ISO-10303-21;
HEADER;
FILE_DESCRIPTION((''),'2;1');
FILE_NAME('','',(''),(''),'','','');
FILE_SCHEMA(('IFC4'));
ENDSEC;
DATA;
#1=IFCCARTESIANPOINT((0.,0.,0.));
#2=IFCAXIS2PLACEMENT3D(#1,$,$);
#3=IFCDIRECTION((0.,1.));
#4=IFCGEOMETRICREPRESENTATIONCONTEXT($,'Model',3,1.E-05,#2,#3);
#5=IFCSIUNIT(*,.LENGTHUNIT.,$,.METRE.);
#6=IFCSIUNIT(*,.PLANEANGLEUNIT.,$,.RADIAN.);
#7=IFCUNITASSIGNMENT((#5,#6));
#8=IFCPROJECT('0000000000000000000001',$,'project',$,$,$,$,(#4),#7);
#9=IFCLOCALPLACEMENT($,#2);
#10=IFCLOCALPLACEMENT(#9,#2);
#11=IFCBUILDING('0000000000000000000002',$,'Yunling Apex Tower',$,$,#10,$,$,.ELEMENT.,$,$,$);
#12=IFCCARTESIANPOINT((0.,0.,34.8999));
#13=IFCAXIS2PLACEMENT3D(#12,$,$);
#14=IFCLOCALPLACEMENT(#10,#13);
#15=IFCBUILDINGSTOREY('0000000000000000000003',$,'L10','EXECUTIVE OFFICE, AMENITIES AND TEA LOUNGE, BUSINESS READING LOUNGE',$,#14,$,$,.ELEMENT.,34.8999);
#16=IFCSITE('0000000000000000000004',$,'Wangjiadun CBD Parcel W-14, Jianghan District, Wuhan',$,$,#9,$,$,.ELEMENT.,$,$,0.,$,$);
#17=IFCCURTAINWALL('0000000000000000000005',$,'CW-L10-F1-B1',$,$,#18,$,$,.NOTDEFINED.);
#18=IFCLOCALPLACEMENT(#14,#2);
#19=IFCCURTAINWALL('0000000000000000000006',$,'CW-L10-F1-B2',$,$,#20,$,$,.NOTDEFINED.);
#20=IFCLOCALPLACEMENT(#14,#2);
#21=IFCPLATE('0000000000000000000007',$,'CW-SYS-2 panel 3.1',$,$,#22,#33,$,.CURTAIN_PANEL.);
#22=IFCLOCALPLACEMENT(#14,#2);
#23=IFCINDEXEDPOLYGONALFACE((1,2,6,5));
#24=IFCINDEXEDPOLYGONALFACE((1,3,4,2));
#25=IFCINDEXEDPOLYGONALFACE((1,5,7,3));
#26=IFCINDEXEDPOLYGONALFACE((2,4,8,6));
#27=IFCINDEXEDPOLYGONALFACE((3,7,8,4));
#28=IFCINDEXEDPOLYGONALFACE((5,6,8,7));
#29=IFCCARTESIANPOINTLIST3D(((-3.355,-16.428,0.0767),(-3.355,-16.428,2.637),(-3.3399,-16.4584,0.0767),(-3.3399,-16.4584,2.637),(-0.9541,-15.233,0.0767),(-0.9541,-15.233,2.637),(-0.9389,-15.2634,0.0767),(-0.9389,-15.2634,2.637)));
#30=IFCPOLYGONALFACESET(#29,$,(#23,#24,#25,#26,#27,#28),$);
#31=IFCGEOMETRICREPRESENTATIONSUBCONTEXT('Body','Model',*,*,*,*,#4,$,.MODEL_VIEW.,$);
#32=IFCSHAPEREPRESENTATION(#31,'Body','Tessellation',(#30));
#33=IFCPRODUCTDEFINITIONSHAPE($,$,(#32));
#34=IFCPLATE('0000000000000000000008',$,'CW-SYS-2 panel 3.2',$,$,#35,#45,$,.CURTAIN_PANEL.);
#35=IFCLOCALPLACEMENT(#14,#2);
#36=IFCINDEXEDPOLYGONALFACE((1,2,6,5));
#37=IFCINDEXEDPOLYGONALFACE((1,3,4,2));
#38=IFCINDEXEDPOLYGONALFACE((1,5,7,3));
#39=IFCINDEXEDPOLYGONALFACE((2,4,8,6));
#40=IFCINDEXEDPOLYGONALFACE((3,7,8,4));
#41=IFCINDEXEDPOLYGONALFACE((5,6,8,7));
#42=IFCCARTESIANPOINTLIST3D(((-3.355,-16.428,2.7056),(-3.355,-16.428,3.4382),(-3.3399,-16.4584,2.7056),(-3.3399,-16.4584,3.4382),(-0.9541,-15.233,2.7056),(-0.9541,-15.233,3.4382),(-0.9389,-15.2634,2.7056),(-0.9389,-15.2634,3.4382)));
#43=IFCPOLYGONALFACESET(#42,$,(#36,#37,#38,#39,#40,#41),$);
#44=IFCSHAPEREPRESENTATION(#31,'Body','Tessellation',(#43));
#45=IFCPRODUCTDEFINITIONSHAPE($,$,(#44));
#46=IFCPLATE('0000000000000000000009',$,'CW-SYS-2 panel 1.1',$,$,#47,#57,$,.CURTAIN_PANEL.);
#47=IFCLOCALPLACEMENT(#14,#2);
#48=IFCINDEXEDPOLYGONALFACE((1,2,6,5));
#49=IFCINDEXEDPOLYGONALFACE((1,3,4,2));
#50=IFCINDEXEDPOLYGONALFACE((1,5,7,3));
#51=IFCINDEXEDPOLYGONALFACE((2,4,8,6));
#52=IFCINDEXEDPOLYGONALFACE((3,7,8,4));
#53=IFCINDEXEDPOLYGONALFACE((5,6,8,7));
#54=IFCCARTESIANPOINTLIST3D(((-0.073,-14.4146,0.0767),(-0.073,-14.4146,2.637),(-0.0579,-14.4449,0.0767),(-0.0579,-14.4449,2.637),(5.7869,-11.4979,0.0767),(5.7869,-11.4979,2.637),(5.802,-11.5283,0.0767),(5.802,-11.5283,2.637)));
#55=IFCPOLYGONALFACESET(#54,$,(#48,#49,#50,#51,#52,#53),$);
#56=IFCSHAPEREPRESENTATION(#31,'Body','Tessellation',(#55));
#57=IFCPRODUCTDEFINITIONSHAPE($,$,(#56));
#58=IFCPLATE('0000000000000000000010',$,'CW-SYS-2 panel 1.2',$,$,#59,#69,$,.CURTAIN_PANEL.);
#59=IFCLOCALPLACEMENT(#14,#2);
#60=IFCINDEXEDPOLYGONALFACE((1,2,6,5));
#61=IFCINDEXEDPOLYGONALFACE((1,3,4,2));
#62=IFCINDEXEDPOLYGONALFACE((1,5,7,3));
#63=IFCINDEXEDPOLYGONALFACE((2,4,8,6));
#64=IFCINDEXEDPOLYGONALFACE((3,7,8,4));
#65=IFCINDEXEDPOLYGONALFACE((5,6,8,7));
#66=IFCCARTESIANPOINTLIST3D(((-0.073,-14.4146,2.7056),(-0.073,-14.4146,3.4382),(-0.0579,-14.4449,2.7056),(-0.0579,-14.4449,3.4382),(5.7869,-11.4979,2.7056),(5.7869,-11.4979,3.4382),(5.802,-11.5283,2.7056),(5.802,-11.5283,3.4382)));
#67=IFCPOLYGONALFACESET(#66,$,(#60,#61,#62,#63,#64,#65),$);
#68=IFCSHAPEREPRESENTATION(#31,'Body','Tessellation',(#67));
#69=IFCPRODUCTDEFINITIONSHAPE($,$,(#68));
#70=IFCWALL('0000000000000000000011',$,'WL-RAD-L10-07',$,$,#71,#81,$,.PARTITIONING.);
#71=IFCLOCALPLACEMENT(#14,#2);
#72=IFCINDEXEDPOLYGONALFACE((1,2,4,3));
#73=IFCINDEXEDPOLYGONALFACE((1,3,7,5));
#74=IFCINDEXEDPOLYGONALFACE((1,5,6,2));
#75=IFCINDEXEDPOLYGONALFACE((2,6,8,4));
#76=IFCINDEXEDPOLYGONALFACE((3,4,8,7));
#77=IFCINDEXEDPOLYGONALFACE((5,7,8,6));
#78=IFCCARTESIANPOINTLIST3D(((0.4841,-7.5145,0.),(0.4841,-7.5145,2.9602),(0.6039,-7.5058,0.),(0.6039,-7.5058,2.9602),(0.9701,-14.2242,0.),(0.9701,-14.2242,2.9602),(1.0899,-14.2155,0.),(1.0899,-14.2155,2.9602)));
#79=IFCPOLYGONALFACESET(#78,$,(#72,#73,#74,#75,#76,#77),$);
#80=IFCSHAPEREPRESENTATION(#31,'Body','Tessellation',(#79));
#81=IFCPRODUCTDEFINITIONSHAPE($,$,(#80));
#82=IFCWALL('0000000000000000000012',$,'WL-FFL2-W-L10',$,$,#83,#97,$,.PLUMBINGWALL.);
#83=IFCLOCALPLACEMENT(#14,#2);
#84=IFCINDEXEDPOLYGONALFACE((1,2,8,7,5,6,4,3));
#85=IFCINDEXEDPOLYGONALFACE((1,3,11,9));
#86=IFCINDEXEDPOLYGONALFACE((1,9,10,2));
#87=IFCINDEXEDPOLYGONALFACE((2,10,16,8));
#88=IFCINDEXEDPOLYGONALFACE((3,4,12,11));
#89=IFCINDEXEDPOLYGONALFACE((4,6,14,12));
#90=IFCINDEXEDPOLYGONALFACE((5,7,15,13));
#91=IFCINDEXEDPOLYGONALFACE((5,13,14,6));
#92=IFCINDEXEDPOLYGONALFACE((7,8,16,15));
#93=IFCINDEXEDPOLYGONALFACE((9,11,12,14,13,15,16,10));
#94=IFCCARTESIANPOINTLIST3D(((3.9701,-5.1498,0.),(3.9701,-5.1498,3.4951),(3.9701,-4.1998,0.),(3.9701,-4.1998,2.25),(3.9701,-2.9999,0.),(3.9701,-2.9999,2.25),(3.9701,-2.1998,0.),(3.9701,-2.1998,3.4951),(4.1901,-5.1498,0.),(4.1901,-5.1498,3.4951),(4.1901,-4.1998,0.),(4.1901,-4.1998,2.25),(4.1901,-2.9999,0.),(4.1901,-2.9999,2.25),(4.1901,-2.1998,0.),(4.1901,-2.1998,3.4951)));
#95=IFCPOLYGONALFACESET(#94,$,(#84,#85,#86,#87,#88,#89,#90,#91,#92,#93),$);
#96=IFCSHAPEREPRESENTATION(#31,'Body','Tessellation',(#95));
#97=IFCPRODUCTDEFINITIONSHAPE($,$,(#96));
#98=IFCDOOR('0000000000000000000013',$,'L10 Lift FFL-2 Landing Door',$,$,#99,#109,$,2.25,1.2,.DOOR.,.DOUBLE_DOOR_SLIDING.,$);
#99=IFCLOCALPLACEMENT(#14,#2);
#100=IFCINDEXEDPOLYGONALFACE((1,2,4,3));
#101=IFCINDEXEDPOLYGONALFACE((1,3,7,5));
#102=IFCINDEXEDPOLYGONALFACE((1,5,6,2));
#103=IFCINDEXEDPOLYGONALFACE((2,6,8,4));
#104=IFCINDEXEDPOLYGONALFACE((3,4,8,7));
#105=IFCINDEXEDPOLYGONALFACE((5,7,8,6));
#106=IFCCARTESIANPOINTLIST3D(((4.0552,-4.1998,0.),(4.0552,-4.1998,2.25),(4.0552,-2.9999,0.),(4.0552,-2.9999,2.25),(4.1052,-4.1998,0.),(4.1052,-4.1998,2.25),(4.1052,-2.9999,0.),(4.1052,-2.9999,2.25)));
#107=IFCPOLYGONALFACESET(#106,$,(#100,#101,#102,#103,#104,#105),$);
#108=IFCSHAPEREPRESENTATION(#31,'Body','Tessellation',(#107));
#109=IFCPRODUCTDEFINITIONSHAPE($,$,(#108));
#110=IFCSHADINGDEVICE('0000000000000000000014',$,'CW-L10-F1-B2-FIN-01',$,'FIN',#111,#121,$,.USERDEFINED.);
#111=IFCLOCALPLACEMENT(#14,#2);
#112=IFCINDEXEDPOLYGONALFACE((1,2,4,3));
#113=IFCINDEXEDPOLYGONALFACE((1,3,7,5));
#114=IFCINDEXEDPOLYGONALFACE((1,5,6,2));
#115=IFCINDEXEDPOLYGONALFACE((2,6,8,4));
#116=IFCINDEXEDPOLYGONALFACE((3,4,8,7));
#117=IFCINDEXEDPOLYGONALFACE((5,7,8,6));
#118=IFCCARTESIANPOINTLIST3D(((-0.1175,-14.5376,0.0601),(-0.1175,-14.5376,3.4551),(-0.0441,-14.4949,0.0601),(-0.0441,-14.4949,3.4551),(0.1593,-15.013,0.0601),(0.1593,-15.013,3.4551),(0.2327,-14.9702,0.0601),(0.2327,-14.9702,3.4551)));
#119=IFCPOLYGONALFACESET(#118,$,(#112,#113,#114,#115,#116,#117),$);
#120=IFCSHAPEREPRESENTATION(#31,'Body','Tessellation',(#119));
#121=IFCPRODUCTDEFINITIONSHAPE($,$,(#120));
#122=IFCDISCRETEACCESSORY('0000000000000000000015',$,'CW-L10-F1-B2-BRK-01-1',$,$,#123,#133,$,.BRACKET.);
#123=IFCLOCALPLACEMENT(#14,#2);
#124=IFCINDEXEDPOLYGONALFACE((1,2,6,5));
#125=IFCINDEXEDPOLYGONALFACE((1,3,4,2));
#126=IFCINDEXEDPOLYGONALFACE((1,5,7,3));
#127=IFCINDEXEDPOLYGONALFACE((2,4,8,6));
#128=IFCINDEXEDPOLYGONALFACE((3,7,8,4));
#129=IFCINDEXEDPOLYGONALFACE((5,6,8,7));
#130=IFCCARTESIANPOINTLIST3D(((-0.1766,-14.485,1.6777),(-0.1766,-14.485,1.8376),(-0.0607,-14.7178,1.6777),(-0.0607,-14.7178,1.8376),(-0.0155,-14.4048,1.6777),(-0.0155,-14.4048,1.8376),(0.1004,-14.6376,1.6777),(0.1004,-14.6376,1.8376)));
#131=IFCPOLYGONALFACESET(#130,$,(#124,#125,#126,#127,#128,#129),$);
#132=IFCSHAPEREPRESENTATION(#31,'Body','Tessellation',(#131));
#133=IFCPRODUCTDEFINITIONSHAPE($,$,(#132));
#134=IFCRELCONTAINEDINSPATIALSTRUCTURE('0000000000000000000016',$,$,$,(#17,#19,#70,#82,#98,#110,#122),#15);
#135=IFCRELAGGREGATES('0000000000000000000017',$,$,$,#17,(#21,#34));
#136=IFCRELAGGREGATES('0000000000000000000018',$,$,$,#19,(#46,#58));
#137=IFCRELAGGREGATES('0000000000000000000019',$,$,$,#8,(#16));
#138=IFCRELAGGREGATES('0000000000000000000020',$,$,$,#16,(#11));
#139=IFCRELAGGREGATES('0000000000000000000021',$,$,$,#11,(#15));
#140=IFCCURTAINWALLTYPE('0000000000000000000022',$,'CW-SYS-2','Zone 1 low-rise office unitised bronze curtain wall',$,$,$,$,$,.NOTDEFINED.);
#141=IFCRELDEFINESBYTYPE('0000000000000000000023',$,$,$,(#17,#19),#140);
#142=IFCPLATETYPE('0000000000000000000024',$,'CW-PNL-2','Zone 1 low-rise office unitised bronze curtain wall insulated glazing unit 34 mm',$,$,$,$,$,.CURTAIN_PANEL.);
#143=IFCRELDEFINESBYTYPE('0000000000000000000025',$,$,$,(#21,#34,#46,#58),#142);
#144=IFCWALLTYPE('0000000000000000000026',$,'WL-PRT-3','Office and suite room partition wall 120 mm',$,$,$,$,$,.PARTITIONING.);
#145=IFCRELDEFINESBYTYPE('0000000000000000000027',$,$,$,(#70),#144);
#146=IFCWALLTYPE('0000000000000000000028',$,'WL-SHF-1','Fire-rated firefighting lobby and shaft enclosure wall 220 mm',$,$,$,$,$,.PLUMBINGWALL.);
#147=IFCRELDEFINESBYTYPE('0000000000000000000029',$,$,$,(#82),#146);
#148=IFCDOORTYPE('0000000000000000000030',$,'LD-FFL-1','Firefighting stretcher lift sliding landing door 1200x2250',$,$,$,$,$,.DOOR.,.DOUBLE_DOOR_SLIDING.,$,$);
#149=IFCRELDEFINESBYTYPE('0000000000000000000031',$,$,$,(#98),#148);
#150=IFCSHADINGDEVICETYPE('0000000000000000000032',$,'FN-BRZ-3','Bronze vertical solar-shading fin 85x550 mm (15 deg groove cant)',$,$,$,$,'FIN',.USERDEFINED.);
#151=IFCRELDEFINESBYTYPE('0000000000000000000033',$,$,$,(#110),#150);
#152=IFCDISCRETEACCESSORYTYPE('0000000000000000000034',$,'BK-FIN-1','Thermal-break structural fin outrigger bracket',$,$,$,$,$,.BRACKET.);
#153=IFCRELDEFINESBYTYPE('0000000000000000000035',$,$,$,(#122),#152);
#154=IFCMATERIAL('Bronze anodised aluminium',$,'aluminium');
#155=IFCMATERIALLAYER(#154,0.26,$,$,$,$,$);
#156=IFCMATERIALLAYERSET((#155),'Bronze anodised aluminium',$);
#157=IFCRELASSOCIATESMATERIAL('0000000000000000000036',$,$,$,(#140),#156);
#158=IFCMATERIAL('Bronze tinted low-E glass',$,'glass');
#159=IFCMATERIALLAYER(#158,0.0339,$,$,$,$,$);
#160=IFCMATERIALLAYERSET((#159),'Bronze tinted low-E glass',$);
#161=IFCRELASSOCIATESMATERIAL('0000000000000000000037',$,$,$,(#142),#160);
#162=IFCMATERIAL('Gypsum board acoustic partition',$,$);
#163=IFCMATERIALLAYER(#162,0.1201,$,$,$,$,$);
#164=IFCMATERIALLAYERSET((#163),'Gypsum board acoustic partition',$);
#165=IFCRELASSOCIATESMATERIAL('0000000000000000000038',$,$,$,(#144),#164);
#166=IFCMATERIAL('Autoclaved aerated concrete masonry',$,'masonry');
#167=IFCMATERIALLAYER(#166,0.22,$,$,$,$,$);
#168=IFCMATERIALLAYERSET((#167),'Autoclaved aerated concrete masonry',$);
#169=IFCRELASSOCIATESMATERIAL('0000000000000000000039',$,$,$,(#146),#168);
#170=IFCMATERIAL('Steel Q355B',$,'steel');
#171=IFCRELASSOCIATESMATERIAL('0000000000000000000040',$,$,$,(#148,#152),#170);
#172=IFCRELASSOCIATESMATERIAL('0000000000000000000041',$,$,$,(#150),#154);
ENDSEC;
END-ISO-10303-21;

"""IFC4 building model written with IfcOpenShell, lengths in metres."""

from ifc_helpers import new_model, si_unit, direction, frame, frame_2d, origin, origin_2d, place, context, subcontext, project, spatial, rectangle, extrude, source, transform, mapped, material, layer, layer_set, material_profile, profile_set, type_object, element, fill, aggregate, save


model = new_model("IFC4")

# Units and contexts
model_context = context("Model", 3, precision=1e-05, world=origin(), true_north=direction((0.0, 1.0)))
body_context = subcontext(model_context, "Body", "Model", "MODEL_VIEW")
ifc_project = project(units=[si_unit("LENGTHUNIT", "METRE"), si_unit("PLANEANGLEUNIT", "RADIAN")], contexts=[model_context])

# Site, building, storey
site_placement = place(None, origin())
site = spatial("IfcSite", under=ifc_project, at=site_placement, Name="Wangjiadun CBD Parcel W-14, Jianghan District, Wuhan", CompositionType="ELEMENT", RefElevation=0.0)
building_placement = place(site_placement, origin())
building = spatial("IfcBuilding", under=site, at=building_placement, Name="Yunling Apex Tower", CompositionType="ELEMENT")
storey_placement = place(building_placement, frame((0.0, 0.0, 34.8999)))
storey = spatial("IfcBuildingStorey", under=building, at=storey_placement, Name="L10", Description="EXECUTIVE OFFICE, AMENITIES AND TEA LOUNGE, BUSINESS READING LOUNGE", CompositionType="ELEMENT", Elevation=34.8999)

# Shared definitions
ifc_material_1 = material(Name="Steel Q355B", Category="steel")

# Curtain wall
ifc_material_2 = material(Name="Bronze anodised aluminium", Category="aluminium")
ifc_layer_1 = layer(ifc_material_2, 0.26)
ifc_layer_set_1 = layer_set([ifc_layer_1], Name="Bronze anodised aluminium")
curtain_wall_type = type_object("IfcCurtainWallType", Name="CW-SYS-2", Description="Zone 1 low-rise office unitised bronze curtain wall", PredefinedType="NOTDEFINED", material=ifc_layer_set_1)
curtain_wall_1_placement = place(storey_placement, origin())
curtain_wall_1 = element("IfcCurtainWall", 1, at=curtain_wall_1_placement, inside=storey, type_object=curtain_wall_type, Name="CW-L10-F1-B1", PredefinedType="NOTDEFINED")

# Curtain wall
curtain_wall_2_placement = place(storey_placement, origin())
curtain_wall_2 = element("IfcCurtainWall", 2, at=curtain_wall_2_placement, inside=storey, type_object=curtain_wall_type, Name="CW-L10-F1-B2", PredefinedType="NOTDEFINED")

# Plates
ifc_material_3 = material(Name="Bronze tinted low-E glass", Category="glass")
ifc_layer_2 = layer(ifc_material_3, 0.0339)
ifc_layer_set_2 = layer_set([ifc_layer_2], Name="Bronze tinted low-E glass")
plate_type = type_object("IfcPlateType", Name="CW-PNL-2", Description="Zone 1 low-rise office unitised bronze curtain wall insulated glazing unit 34 mm", PredefinedType="CURTAIN_PANEL", material=ifc_layer_set_2)
shared_shape_1 = source(origin(), body_context, "Body", "SweptSolid", [
    extrude(rectangle(XDim=2.6819, YDim=0.0339, at=origin_2d()), origin(), (0.0, 0.0, 1.0), 2.5603),
])
plate_1_placement = place(storey_placement, frame((-2.147, -15.8457, 0.0767), z_axis=(0.0, 0.0, 1.0), x_axis=(0.895247, 0.445571, 0.0)))
plate_1 = element("IfcPlate", 3, at=plate_1_placement, type_object=plate_type, Name="CW-SYS-2 panel 3.1", PredefinedType="CURTAIN_PANEL", context=body_context, shape_type="MappedRepresentation", body=[
    mapped(shared_shape_1, transform((0.0, 0.0, 0.0), scale=1.0)),
])
shared_shape_2 = source(origin(), body_context, "Body", "SweptSolid", [
    extrude(rectangle(XDim=2.6819, YDim=0.0339, at=origin_2d()), origin(), (0.0, 0.0, 1.0), 0.7327),
])
plate_2_placement = place(storey_placement, frame((-2.147, -15.8457, 2.7056), z_axis=(0.0, 0.0, 1.0), x_axis=(0.895247, 0.445571, 0.0)))
plate_2 = element("IfcPlate", 4, at=plate_2_placement, type_object=plate_type, Name="CW-SYS-2 panel 3.2", PredefinedType="CURTAIN_PANEL", context=body_context, shape_type="MappedRepresentation", body=[
    mapped(shared_shape_2, transform((0.0, 0.0, 0.0), scale=1.0)),
])
aggregate(curtain_wall_1, [plate_1, plate_2])
shared_shape_3 = source(origin(), body_context, "Body", "SweptSolid", [
    extrude(rectangle(XDim=6.5457, YDim=0.0339, at=origin_2d()), origin(), (0.0, 0.0, 1.0), 2.5603),
])
plate_3_placement = place(storey_placement, frame((2.8645, -12.9714, 0.0767), z_axis=(0.0, 0.0, 1.0), x_axis=(0.895241, 0.445583, 0.0)))
plate_3 = element("IfcPlate", 5, at=plate_3_placement, type_object=plate_type, Name="CW-SYS-2 panel 1.1", PredefinedType="CURTAIN_PANEL", context=body_context, shape_type="MappedRepresentation", body=[
    mapped(shared_shape_3, transform((0.0, 0.0, 0.0), scale=1.0)),
])
shared_shape_4 = source(origin(), body_context, "Body", "SweptSolid", [
    extrude(rectangle(XDim=6.5457, YDim=0.0339, at=origin_2d()), origin(), (0.0, 0.0, 1.0), 0.7327),
])
plate_4_placement = place(storey_placement, frame((2.8645, -12.9714, 2.7056), z_axis=(0.0, 0.0, 1.0), x_axis=(0.895241, 0.445583, 0.0)))
plate_4 = element("IfcPlate", 6, at=plate_4_placement, type_object=plate_type, Name="CW-SYS-2 panel 1.2", PredefinedType="CURTAIN_PANEL", context=body_context, shape_type="MappedRepresentation", body=[
    mapped(shared_shape_4, transform((0.0, 0.0, 0.0), scale=1.0)),
])
aggregate(curtain_wall_2, [plate_3, plate_4])

# Wall
ifc_material_4 = material(Name="Gypsum board acoustic partition")
ifc_layer_3 = layer(ifc_material_4, 0.1201)
ifc_layer_set_3 = layer_set([ifc_layer_3], Name="Gypsum board acoustic partition")
wall_type_1 = type_object("IfcWallType", Name="WL-PRT-3", Description="Office and suite room partition wall 120 mm", PredefinedType="PARTITIONING", material=ifc_layer_set_3)
wall_1_placement = place(storey_placement, frame((0.5439, -7.51, 0.0), z_axis=(0.0, 0.0, 1.0), x_axis=(0.072255, -0.997386, 0.0)))
element("IfcWall", 7, at=wall_1_placement, inside=storey, type_object=wall_type_1, Name="WL-RAD-L10-07", PredefinedType="PARTITIONING", context=body_context, shape_type="SweptSolid", body=[
    extrude(rectangle(XDim=6.7273, YDim=0.1201, at=frame_2d((3.3638, 0.0))), origin(), (0.0, 0.0, 1.0), 2.9602),
])

# Wall, opening, door
ifc_material_5 = material(Name="Autoclaved aerated concrete masonry", Category="masonry")
ifc_layer_4 = layer(ifc_material_5, 0.22)
ifc_layer_set_4 = layer_set([ifc_layer_4], Name="Autoclaved aerated concrete masonry")
wall_type_2 = type_object("IfcWallType", Name="WL-SHF-1", Description="Fire-rated firefighting lobby and shaft enclosure wall 220 mm", PredefinedType="PLUMBINGWALL", material=ifc_layer_set_4)
wall_2_placement = place(storey_placement, frame((4.0801, -5.1499, 0.0), z_axis=(0.0, 0.0, 1.0), x_axis=(0.0, 1.0, 0.0)))
wall_2 = element("IfcWall", 8, at=wall_2_placement, inside=storey, type_object=wall_type_2, Name="WL-FFL2-W-L10", PredefinedType="PLUMBINGWALL", context=body_context, shape_type="SweptSolid", body=[
    extrude(rectangle(XDim=2.95, YDim=0.22, at=frame_2d((1.4751, 0.0))), origin(), (0.0, 0.0, 1.0), 3.4951),
])
opening_placement = place(wall_2_placement, frame((0.95, 0.0, 0.0)))
opening = element("IfcOpeningElement", 9, at=opening_placement, cuts=wall_2, PredefinedType="OPENING", context=body_context, shape_type="SweptSolid", body=[
    extrude(rectangle(XDim=1.2, YDim=2.25, at=frame_2d((0.6001, 1.125))), frame((0.0, 0.1201, 0.0), z_axis=(0.0, -1.0, 0.0), x_axis=(1.0, 0.0, 0.0)), (0.0, 0.0, 1.0), 0.24),
])
door_type = type_object("IfcDoorType", Name="LD-FFL-1", Description="Firefighting stretcher lift sliding landing door 1200x2250", OperationType="DOUBLE_DOOR_SLIDING", PredefinedType="DOOR", material=ifc_material_1)
door_placement = place(opening_placement, origin())
door = element("IfcDoor", 10, at=door_placement, inside=storey, type_object=door_type, Name="L10 Lift FFL-2 Landing Door", OperationType="DOUBLE_DOOR_SLIDING", OverallHeight=2.25, OverallWidth=1.2, PredefinedType="DOOR", context=body_context, shape_type="SweptSolid", body=[
    extrude(rectangle(XDim=1.2, YDim=2.25, at=frame_2d((0.6001, 1.125))), frame((0.0, 0.0249, 0.0), z_axis=(0.0, -1.0, 0.0), x_axis=(1.0, 0.0, 0.0)), (0.0, 0.0, 1.0), 0.05),
])
fill(opening, door)

# Shading device
ifc_material_profile_1 = material_profile(ifc_material_2, rectangle(XDim=0.085, YDim=0.55, at=origin_2d()))
ifc_profile_set_1 = profile_set([ifc_material_profile_1], Name="Bronze anodised aluminium")
shading_device_type = type_object("IfcShadingDeviceType", Name="FN-BRZ-3", Description="Bronze vertical solar-shading fin 85x550 mm (15 deg groove cant)", ElementType="FIN", PredefinedType="USERDEFINED", material=ifc_profile_set_1)
shared_shape_5 = source(origin(), body_context, "Body", "SweptSolid", [
    extrude(rectangle(XDim=0.085, YDim=0.55, at=origin_2d()), origin(), (0.0, 0.0, 1.0), 3.395),
])
shading_device_placement = place(storey_placement, frame((0.0576, -14.7539, 0.0601), z_axis=(0.0, 0.0, 1.0), x_axis=(0.864187, 0.503171, 0.0)))
element("IfcShadingDevice", 11, at=shading_device_placement, inside=storey, type_object=shading_device_type, Name="CW-L10-F1-B2-FIN-01", ObjectType="FIN", PredefinedType="USERDEFINED", context=body_context, shape_type="MappedRepresentation", body=[
    mapped(shared_shape_5, transform((0.0, 0.0, 0.0), scale=1.0)),
])

# Discrete accessory
discrete_accessory_type = type_object("IfcDiscreteAccessoryType", Name="BK-FIN-1", Description="Thermal-break structural fin outrigger bracket", PredefinedType="BRACKET", material=ifc_material_1)
shared_shape_6 = source(origin(), body_context, "Body", "SweptSolid", [
    extrude(rectangle(XDim=0.1799, YDim=0.26, at=origin_2d()), origin(), (0.0, 0.0, 1.0), 0.1599),
])
discrete_accessory_placement = place(storey_placement, frame((-0.0381, -14.5613, 1.6777), z_axis=(0.0, 0.0, 1.0), x_axis=(0.895246, 0.445573, 0.0)))
element("IfcDiscreteAccessory", 12, at=discrete_accessory_placement, inside=storey, type_object=discrete_accessory_type, Name="CW-L10-F1-B2-BRK-01-1", PredefinedType="BRACKET", context=body_context, shape_type="MappedRepresentation", body=[
    mapped(shared_shape_6, transform((0.0, 0.0, 0.0), scale=1.0)),
])

save(model, "model.ifc")
